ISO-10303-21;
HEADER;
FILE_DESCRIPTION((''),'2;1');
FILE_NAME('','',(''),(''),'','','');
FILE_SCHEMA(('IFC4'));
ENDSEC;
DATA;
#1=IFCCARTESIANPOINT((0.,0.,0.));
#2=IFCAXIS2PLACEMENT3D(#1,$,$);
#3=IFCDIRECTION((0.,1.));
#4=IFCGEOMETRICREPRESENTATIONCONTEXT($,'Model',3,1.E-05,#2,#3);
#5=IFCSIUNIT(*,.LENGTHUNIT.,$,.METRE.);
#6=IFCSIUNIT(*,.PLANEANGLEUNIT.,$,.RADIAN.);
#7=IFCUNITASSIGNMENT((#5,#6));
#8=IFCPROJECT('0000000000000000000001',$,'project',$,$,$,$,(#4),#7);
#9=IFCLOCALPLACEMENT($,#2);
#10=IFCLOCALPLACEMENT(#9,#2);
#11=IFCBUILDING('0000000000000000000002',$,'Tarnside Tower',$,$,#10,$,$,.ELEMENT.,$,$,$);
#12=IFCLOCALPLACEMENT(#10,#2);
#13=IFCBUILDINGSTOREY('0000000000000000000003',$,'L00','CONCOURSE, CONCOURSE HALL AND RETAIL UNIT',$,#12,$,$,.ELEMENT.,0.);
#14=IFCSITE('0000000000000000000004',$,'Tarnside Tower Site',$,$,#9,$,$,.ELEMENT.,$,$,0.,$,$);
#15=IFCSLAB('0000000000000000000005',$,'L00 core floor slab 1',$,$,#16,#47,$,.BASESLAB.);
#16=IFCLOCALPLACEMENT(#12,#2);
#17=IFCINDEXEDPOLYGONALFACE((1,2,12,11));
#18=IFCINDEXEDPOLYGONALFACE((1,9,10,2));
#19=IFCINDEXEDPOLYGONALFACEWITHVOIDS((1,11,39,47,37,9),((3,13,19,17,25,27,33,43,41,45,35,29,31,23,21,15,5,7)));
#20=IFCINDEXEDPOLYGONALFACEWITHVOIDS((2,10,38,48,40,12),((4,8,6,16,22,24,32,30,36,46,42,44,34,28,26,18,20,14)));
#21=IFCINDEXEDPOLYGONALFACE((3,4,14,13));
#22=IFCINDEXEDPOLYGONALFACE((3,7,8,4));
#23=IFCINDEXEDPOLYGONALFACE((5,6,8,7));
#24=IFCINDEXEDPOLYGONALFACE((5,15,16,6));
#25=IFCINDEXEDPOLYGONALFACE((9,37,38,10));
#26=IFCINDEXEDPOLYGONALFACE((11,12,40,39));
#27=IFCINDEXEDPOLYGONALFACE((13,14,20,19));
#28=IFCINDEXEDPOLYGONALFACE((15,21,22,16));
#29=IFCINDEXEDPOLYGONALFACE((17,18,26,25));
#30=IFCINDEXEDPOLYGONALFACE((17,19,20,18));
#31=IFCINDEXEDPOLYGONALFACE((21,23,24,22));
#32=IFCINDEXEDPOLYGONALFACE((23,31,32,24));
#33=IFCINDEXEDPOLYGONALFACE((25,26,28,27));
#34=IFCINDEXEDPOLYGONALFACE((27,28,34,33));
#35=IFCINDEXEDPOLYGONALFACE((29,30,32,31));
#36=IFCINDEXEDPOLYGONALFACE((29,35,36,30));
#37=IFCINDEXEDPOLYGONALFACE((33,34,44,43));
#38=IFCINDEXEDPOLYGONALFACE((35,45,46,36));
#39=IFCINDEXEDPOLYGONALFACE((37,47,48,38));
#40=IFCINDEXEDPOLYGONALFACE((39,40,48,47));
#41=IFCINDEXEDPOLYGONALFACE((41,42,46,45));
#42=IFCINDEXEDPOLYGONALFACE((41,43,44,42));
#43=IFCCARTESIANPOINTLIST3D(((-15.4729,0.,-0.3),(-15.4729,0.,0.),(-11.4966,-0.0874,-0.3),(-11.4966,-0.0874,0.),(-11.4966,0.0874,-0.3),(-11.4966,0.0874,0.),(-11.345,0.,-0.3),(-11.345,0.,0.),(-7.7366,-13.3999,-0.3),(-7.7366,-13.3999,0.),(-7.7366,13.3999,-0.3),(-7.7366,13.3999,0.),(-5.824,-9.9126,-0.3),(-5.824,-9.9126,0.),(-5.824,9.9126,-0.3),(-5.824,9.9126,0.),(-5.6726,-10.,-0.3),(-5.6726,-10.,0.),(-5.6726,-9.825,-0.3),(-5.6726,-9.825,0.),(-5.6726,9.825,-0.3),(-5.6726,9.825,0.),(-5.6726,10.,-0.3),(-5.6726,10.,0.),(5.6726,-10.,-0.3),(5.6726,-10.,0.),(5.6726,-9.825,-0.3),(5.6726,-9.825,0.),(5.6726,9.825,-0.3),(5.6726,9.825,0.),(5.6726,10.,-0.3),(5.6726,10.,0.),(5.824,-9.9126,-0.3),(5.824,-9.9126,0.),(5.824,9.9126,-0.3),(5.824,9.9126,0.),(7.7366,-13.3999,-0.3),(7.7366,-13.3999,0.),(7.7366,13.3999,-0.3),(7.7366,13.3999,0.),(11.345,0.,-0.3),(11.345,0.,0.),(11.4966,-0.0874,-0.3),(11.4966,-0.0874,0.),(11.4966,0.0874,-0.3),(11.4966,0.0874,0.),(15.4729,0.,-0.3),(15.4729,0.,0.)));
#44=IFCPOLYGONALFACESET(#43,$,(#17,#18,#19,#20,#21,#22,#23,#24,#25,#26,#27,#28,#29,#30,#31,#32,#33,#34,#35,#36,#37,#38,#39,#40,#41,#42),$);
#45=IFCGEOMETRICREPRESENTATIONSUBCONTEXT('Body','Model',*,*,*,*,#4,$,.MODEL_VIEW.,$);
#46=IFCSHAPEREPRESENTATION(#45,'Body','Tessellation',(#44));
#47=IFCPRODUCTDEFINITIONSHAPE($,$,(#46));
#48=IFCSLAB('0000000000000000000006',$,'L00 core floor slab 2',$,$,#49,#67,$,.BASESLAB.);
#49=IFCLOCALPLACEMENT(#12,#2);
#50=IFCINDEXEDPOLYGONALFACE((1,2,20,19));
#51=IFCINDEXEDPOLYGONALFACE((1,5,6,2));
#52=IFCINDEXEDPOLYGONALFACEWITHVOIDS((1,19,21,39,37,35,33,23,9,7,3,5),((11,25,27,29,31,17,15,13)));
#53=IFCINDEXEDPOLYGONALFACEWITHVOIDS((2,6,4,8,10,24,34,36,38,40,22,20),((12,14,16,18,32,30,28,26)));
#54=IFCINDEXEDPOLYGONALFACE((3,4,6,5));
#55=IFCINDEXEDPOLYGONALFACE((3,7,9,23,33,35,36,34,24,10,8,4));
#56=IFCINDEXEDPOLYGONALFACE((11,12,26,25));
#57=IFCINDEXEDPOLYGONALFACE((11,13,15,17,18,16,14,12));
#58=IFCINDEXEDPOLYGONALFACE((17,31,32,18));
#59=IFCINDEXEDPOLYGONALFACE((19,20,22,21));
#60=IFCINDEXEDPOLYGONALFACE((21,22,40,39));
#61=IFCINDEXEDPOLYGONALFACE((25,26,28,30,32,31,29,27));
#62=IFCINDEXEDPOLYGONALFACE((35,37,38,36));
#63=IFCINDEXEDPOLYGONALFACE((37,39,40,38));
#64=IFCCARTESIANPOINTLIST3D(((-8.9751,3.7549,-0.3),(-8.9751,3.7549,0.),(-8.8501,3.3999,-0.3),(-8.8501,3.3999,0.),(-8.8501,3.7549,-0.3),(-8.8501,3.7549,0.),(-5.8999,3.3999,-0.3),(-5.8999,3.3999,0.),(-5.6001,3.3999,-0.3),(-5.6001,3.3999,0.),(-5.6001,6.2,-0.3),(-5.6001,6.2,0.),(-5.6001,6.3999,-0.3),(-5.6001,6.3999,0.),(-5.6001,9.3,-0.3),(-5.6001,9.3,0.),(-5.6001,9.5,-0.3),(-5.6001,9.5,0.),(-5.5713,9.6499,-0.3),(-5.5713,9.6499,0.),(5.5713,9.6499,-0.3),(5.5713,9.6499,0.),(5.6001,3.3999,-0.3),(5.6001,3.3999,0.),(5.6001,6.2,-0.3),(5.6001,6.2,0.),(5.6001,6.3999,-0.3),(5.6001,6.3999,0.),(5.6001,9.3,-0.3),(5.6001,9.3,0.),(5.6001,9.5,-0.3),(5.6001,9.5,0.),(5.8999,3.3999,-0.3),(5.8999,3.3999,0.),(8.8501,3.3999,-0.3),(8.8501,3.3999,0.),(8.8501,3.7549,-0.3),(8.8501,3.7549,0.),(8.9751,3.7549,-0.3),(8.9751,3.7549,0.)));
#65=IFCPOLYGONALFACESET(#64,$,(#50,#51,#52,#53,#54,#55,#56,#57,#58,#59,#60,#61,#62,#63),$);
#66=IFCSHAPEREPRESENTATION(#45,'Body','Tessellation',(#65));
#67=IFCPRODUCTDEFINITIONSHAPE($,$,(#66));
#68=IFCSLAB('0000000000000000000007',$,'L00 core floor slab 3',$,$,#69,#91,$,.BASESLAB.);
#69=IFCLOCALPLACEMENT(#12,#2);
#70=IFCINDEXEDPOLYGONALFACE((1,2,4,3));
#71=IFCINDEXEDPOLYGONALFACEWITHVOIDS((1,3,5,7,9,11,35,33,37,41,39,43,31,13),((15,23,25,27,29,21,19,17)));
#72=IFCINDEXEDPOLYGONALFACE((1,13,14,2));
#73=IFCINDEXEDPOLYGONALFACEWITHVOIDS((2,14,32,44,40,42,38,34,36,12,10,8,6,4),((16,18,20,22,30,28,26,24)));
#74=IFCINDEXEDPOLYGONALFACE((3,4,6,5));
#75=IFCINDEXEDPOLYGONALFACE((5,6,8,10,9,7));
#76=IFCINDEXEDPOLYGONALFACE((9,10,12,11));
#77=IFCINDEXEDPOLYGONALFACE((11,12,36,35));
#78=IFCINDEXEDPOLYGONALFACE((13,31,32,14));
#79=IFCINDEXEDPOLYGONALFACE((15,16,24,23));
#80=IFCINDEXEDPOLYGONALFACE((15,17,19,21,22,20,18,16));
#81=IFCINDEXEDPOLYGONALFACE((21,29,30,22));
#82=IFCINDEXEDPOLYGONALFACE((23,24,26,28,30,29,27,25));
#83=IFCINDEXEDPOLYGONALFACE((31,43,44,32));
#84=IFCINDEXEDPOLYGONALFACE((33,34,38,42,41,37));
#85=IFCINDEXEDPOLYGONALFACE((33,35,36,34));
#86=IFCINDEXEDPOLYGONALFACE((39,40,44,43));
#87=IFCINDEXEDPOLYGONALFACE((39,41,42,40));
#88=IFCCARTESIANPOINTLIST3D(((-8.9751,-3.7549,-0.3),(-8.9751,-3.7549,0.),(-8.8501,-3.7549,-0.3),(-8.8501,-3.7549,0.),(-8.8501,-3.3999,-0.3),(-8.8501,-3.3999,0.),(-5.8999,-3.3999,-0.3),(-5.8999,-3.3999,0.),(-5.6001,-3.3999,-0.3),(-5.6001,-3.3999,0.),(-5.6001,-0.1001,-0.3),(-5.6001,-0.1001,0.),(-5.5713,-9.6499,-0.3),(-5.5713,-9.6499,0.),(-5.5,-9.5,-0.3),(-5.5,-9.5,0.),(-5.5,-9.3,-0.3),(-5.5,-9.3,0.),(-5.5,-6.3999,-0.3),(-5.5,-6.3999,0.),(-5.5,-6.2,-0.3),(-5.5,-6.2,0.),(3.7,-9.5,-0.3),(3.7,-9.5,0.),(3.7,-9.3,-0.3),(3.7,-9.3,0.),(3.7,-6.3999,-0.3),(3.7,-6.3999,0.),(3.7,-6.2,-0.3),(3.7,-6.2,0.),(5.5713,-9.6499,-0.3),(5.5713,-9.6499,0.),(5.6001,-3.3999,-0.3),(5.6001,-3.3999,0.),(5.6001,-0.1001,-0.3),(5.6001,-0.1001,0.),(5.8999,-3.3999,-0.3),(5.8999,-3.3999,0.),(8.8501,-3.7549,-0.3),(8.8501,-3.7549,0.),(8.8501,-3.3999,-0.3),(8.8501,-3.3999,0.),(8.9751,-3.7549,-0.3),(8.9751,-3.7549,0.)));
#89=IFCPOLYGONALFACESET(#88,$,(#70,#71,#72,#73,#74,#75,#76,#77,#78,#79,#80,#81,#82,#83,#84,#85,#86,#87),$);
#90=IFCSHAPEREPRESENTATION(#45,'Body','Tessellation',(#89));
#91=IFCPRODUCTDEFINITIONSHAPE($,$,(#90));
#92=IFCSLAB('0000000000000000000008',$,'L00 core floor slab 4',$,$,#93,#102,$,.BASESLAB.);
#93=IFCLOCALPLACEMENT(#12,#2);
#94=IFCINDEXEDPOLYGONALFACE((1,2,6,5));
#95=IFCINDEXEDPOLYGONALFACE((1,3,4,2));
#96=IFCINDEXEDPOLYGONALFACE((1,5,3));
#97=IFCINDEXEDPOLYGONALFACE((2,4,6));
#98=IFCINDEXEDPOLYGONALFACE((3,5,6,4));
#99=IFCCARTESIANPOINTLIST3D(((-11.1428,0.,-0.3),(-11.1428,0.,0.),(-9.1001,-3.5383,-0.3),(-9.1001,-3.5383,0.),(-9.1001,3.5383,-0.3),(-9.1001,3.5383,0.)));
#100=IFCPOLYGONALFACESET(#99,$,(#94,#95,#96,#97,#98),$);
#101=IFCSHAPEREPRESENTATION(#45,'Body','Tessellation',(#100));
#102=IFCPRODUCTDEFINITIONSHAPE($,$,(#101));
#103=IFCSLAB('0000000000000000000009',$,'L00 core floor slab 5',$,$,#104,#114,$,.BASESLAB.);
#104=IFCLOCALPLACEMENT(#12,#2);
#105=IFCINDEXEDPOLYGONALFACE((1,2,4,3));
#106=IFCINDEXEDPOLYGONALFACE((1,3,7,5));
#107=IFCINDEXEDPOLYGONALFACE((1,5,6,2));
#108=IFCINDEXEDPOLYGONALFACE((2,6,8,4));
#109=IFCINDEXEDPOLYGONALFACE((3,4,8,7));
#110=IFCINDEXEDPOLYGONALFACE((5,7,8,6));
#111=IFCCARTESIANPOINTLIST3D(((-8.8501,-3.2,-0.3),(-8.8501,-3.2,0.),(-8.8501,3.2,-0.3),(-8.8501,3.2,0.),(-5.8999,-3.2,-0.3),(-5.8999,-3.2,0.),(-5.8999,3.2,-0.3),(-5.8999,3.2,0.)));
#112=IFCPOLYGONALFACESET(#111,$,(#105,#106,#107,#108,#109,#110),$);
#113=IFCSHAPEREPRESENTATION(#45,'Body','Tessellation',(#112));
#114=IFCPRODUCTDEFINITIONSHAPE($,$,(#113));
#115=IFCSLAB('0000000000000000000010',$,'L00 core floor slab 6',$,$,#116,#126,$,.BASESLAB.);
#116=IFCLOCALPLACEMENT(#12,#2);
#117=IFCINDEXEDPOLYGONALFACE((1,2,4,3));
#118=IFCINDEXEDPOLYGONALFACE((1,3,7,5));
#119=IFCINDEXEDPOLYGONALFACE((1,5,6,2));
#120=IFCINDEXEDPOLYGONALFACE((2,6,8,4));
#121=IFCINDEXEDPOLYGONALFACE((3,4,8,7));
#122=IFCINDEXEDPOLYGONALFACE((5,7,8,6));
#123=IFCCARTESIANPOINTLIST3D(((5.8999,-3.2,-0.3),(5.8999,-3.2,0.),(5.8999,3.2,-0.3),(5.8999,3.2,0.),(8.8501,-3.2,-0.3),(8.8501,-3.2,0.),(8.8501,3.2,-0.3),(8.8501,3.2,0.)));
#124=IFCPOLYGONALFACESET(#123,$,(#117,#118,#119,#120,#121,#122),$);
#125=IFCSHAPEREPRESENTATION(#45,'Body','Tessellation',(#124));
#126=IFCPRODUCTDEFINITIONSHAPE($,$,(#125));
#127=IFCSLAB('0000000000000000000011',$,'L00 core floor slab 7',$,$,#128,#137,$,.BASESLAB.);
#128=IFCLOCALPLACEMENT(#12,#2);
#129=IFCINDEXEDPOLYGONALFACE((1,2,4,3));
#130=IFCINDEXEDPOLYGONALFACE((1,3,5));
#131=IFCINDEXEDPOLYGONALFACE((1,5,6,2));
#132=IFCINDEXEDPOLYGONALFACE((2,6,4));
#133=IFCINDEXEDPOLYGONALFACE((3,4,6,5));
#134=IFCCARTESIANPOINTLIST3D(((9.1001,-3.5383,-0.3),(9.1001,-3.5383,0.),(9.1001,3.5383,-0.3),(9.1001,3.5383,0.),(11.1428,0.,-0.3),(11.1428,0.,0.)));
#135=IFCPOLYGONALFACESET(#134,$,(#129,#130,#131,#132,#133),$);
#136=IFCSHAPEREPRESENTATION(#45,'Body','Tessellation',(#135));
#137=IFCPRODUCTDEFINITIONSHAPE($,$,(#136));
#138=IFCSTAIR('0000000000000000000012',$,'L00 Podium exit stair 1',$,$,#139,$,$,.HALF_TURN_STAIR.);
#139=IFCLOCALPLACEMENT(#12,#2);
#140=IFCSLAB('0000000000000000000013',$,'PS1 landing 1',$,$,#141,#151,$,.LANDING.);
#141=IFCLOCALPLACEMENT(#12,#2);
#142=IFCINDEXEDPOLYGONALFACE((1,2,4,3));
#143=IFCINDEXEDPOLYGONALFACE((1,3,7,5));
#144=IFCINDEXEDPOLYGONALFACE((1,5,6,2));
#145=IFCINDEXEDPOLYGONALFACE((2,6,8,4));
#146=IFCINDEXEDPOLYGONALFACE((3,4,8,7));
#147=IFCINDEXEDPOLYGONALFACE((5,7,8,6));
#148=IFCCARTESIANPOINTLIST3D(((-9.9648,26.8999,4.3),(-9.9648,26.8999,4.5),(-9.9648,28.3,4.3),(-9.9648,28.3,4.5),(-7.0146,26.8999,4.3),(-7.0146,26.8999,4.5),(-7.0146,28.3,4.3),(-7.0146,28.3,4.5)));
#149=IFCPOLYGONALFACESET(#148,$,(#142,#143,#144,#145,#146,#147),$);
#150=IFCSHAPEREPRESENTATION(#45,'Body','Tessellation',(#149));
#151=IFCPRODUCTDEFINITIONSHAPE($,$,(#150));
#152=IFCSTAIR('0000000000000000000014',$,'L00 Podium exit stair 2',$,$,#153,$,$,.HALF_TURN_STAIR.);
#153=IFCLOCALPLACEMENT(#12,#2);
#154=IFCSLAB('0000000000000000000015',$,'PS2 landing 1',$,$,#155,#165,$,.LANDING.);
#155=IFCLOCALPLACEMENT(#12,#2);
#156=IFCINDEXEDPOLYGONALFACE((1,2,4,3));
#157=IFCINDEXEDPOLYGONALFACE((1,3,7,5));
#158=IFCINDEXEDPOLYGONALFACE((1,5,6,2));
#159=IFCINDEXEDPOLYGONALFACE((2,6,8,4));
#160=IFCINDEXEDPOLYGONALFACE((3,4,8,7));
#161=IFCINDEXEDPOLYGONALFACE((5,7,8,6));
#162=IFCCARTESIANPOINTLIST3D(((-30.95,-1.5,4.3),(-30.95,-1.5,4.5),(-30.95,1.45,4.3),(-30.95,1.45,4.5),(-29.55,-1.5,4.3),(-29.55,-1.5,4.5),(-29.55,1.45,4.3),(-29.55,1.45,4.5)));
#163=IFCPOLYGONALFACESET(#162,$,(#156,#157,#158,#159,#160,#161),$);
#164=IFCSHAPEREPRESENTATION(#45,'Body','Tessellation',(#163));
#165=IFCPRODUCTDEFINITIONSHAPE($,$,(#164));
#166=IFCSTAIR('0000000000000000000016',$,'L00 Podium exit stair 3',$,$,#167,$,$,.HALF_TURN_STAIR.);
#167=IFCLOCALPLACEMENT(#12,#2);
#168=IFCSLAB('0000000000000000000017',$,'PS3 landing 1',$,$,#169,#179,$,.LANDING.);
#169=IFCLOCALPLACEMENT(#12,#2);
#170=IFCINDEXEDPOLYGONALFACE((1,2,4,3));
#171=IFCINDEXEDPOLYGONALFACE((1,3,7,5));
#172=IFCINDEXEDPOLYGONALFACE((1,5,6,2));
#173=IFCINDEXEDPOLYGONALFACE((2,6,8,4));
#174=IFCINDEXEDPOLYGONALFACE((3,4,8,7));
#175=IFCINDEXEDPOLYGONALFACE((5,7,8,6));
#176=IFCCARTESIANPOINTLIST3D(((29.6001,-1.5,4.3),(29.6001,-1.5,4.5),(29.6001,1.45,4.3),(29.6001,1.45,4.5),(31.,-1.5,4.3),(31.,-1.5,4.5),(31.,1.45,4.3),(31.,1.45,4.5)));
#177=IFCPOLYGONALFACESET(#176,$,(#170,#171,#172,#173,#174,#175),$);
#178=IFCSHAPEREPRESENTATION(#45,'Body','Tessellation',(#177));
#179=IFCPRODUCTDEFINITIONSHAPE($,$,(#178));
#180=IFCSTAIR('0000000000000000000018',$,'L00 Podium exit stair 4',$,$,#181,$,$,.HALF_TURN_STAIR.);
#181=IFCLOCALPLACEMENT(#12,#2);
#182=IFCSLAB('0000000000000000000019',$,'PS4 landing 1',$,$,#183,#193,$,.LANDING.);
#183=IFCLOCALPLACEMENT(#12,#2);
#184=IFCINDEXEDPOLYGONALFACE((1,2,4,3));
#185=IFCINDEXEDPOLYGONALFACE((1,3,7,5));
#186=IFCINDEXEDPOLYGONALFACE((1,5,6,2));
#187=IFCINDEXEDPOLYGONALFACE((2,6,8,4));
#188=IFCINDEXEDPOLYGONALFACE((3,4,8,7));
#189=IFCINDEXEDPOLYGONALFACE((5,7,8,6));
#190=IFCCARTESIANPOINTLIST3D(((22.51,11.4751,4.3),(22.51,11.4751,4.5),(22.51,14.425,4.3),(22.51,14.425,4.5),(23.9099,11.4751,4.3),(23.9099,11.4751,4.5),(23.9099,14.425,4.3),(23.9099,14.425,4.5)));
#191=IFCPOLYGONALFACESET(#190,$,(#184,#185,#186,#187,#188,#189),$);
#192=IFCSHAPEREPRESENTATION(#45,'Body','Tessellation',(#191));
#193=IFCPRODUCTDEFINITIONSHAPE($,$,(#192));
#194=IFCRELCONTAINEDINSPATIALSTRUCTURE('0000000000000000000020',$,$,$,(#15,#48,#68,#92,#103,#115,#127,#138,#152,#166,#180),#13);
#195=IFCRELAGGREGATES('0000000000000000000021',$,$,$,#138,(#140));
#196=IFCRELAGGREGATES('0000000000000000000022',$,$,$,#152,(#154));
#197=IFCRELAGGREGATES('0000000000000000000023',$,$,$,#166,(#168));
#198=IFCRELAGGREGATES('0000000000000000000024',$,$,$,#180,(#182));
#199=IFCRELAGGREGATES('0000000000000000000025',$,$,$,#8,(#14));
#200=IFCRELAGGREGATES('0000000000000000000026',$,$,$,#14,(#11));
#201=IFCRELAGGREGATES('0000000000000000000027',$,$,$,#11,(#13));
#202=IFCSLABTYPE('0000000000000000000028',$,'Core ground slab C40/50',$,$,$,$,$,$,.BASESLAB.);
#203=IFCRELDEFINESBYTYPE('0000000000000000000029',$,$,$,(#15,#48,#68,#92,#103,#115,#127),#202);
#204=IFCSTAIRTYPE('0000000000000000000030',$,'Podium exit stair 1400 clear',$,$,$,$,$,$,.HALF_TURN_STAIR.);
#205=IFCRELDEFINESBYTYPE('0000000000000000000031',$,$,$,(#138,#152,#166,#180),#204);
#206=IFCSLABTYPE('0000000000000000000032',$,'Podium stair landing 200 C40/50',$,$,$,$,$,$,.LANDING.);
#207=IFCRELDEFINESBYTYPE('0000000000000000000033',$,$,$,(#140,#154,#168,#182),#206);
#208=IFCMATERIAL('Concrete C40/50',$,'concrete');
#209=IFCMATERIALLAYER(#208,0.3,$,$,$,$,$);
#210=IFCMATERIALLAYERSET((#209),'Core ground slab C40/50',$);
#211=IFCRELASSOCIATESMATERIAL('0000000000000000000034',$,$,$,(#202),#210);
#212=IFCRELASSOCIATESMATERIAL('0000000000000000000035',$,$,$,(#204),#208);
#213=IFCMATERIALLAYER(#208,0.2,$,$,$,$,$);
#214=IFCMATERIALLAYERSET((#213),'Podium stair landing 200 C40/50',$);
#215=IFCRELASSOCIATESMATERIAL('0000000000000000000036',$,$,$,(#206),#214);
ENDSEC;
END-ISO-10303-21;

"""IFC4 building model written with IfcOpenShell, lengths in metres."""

from ifc_helpers import new_model, si_unit, direction, frame, origin, place, context, subcontext, project, spatial, polyline, outline, extrude, material, layer, layer_set, type_object, element, aggregate, save


model = new_model("IFC4")

# Units and contexts
model_context = context("Model", 3, precision=1e-05, world=origin(), true_north=direction((0.0, 1.0)))
body_context = subcontext(model_context, "Body", "Model", "MODEL_VIEW")
ifc_project = project(units=[si_unit("LENGTHUNIT", "METRE"), si_unit("PLANEANGLEUNIT", "RADIAN")], contexts=[model_context])

# Site, building, storey
site_placement = place(None, origin())
site = spatial("IfcSite", under=ifc_project, at=site_placement, Name="Tarnside Tower Site", CompositionType="ELEMENT", RefElevation=0.0)
building_placement = place(site_placement, origin())
building = spatial("IfcBuilding", under=site, at=building_placement, Name="Tarnside Tower", CompositionType="ELEMENT")
storey_placement = place(building_placement, origin())
storey = spatial("IfcBuildingStorey", under=building, at=storey_placement, Name="L00", Description="CONCOURSE, CONCOURSE HALL AND RETAIL UNIT", CompositionType="ELEMENT", Elevation=0.0)

# Slabs
ifc_material_1 = material(Name="Concrete C40/50", Category="concrete")
ifc_layer_1 = layer(ifc_material_1, 0.3)
ifc_layer_set_1 = layer_set([ifc_layer_1], Name="Core ground slab C40/50")
slab_type_1 = type_object("IfcSlabType", Name="Core ground slab C40/50", PredefinedType="BASESLAB", material=ifc_layer_set_1)
slab_1_placement = place(storey_placement, frame((0.0, 0.0, -0.3)))
element("IfcSlab", 1, at=slab_1_placement, inside=storey, type_object=slab_type_1, Name="L00 core floor slab 1", PredefinedType="BASESLAB", context=body_context, shape_type="SweptSolid", body=[
    extrude(outline(polyline([(-15.4729, 0.0), (-7.7366, 13.3999), (7.7366, 13.3999), (15.4729, 0.0), (7.7366, -13.3999), (-7.7366, -13.3999), (-15.4729, 0.0)]), holes=[polyline([(5.824, -9.9126), (11.4966, -0.0874), (11.345, 0.0), (11.4966, 0.0874), (5.824, 9.9126), (5.6726, 9.825), (5.6726, 10.0), (-5.6726, 10.0), (-5.6726, 9.825), (-5.824, 9.9126), (-11.4966, 0.0874), (-11.345, 0.0), (-11.4966, -0.0874), (-5.824, -9.9126), (-5.6726, -9.825), (-5.6726, -10.0), (5.6726, -10.0), (5.6726, -9.825), (5.824, -9.9126)])]), origin(), (0.0, 0.0, 1.0), 0.3),
])
slab_2_placement = place(storey_placement, frame((0.0, 0.0, -0.3)))
element("IfcSlab", 2, at=slab_2_placement, inside=storey, type_object=slab_type_1, Name="L00 core floor slab 2", PredefinedType="BASESLAB", context=body_context, shape_type="SweptSolid", body=[
    extrude(outline(polyline([(-8.9751, 3.7549), (-5.5713, 9.6499), (5.5713, 9.6499), (8.9751, 3.7549), (8.8501, 3.7549), (8.8501, 3.3999), (5.8999, 3.3999), (5.6001, 3.3999), (5.6001, 3.3999), (-5.6001, 3.3999), (-5.8999, 3.3999), (-8.8501, 3.3999), (-8.8501, 3.7549), (-8.9751, 3.7549)]), holes=[polyline([(-5.6001, 6.2), (5.6001, 6.2), (5.6001, 6.3999), (5.6001, 9.3), (5.6001, 9.5), (-5.6001, 9.5), (-5.6001, 9.3), (-5.6001, 6.3999), (-5.6001, 6.2)])]), origin(), (0.0, 0.0, 1.0), 0.3),
])
slab_3_placement = place(storey_placement, frame((0.0, 0.0, -0.3)))
element("IfcSlab", 3, at=slab_3_placement, inside=storey, type_object=slab_type_1, Name="L00 core floor slab 3", PredefinedType="BASESLAB", context=body_context, shape_type="SweptSolid", body=[
    extrude(outline(polyline([(5.6001, -3.3999), (5.8999, -3.3999), (8.8501, -3.3999), (8.8501, -3.7549), (8.9751, -3.7549), (5.5713, -9.6499), (-5.5713, -9.6499), (-8.9751, -3.7549), (-8.8501, -3.7549), (-8.8501, -3.3999), (-5.8999, -3.3999), (-5.6001, -3.3999), (-5.6001, -0.1001), (5.6001, -0.1001), (5.6001, -3.3999)]), holes=[polyline([(-5.5, -9.3), (-5.5, -9.5), (3.7, -9.5), (3.7, -9.3), (3.7, -6.3999), (3.7, -6.2), (-5.5, -6.2), (-5.5, -6.3999), (-5.5, -9.3)])]), origin(), (0.0, 0.0, 1.0), 0.3),
])
slab_4_placement = place(storey_placement, frame((0.0, 0.0, -0.3)))
element("IfcSlab", 4, at=slab_4_placement, inside=storey, type_object=slab_type_1, Name="L00 core floor slab 4", PredefinedType="BASESLAB", context=body_context, shape_type="SweptSolid", body=[
    extrude(outline(polyline([(-11.1428, 0.0), (-9.1001, 3.5383), (-9.1001, -3.5383), (-11.1428, 0.0)])), origin(), (0.0, 0.0, 1.0), 0.3),
])
slab_5_placement = place(storey_placement, frame((0.0, 0.0, -0.3)))
element("IfcSlab", 5, at=slab_5_placement, inside=storey, type_object=slab_type_1, Name="L00 core floor slab 5", PredefinedType="BASESLAB", context=body_context, shape_type="SweptSolid", body=[
    extrude(outline(polyline([(-8.8501, 3.2), (-5.8999, 3.2), (-5.8999, -3.2), (-8.8501, -3.2), (-8.8501, 3.2)])), origin(), (0.0, 0.0, 1.0), 0.3),
])
slab_6_placement = place(storey_placement, frame((0.0, 0.0, -0.3)))
element("IfcSlab", 6, at=slab_6_placement, inside=storey, type_object=slab_type_1, Name="L00 core floor slab 6", PredefinedType="BASESLAB", context=body_context, shape_type="SweptSolid", body=[
    extrude(outline(polyline([(5.8999, -3.2), (5.8999, 3.2), (8.8501, 3.2), (8.8501, -3.2), (5.8999, -3.2)])), origin(), (0.0, 0.0, 1.0), 0.3),
])
slab_7_placement = place(storey_placement, frame((0.0, 0.0, -0.3)))
element("IfcSlab", 7, at=slab_7_placement, inside=storey, type_object=slab_type_1, Name="L00 core floor slab 7", PredefinedType="BASESLAB", context=body_context, shape_type="SweptSolid", body=[
    extrude(outline(polyline([(9.1001, -3.5383), (9.1001, 3.5383), (11.1428, 0.0), (9.1001, -3.5383)])), origin(), (0.0, 0.0, 1.0), 0.3),
])

# Stairs, slabs
stair_type_1 = type_object("IfcStairType", Name="Podium exit stair 1400 clear", PredefinedType="HALF_TURN_STAIR", material=ifc_material_1)
stair_1_placement = place(storey_placement, origin())
stair_1 = element("IfcStair", 8, at=stair_1_placement, inside=storey, type_object=stair_type_1, Name="L00 Podium exit stair 1", PredefinedType="HALF_TURN_STAIR")
ifc_layer_2 = layer(ifc_material_1, 0.2)
ifc_layer_set_2 = layer_set([ifc_layer_2], Name="Podium stair landing 200 C40/50")
slab_type_2 = type_object("IfcSlabType", Name="Podium stair landing 200 C40/50", PredefinedType="LANDING", material=ifc_layer_set_2)
slab_8_placement = place(storey_placement, frame((0.0, 0.0, 4.3)))
slab_8 = element("IfcSlab", 9, at=slab_8_placement, type_object=slab_type_2, Name="PS1 landing 1", PredefinedType="LANDING", context=body_context, shape_type="SweptSolid", body=[
    extrude(outline(polyline([(-7.0146, 26.8999), (-7.0146, 28.3), (-9.9648, 28.3), (-9.9648, 26.8999), (-7.0146, 26.8999)])), origin(), (0.0, 0.0, 1.0), 0.2),
])
aggregate(stair_1, [slab_8])
stair_2_placement = place(storey_placement, origin())
stair_2 = element("IfcStair", 10, at=stair_2_placement, inside=storey, type_object=stair_type_1, Name="L00 Podium exit stair 2", PredefinedType="HALF_TURN_STAIR")
slab_9_placement = place(storey_placement, frame((0.0, 0.0, 4.3)))
slab_9 = element("IfcSlab", 11, at=slab_9_placement, type_object=slab_type_2, Name="PS2 landing 1", PredefinedType="LANDING", context=body_context, shape_type="SweptSolid", body=[
    extrude(outline(polyline([(-29.55, 1.45), (-30.95, 1.45), (-30.95, -1.5), (-29.55, -1.5), (-29.55, 1.45)])), origin(), (0.0, 0.0, 1.0), 0.2),
])
aggregate(stair_2, [slab_9])
stair_3_placement = place(storey_placement, origin())
stair_3 = element("IfcStair", 12, at=stair_3_placement, inside=storey, type_object=stair_type_1, Name="L00 Podium exit stair 3", PredefinedType="HALF_TURN_STAIR")
slab_10_placement = place(storey_placement, frame((0.0, 0.0, 4.3)))
slab_10 = element("IfcSlab", 13, at=slab_10_placement, type_object=slab_type_2, Name="PS3 landing 1", PredefinedType="LANDING", context=body_context, shape_type="SweptSolid", body=[
    extrude(outline(polyline([(29.6001, -1.5), (31.0, -1.5), (31.0, 1.45), (29.6001, 1.45), (29.6001, -1.5)])), origin(), (0.0, 0.0, 1.0), 0.2),
])
aggregate(stair_3, [slab_10])
stair_4_placement = place(storey_placement, origin())
stair_4 = element("IfcStair", 14, at=stair_4_placement, inside=storey, type_object=stair_type_1, Name="L00 Podium exit stair 4", PredefinedType="HALF_TURN_STAIR")
slab_11_placement = place(storey_placement, frame((0.0, 0.0, 4.3)))
slab_11 = element("IfcSlab", 15, at=slab_11_placement, type_object=slab_type_2, Name="PS4 landing 1", PredefinedType="LANDING", context=body_context, shape_type="SweptSolid", body=[
    extrude(outline(polyline([(22.51, 11.4751), (23.9099, 11.4751), (23.9099, 14.425), (22.51, 14.425), (22.51, 11.4751)])), origin(), (0.0, 0.0, 1.0), 0.2),
])
aggregate(stair_4, [slab_11])

save(model, "model.ifc")
